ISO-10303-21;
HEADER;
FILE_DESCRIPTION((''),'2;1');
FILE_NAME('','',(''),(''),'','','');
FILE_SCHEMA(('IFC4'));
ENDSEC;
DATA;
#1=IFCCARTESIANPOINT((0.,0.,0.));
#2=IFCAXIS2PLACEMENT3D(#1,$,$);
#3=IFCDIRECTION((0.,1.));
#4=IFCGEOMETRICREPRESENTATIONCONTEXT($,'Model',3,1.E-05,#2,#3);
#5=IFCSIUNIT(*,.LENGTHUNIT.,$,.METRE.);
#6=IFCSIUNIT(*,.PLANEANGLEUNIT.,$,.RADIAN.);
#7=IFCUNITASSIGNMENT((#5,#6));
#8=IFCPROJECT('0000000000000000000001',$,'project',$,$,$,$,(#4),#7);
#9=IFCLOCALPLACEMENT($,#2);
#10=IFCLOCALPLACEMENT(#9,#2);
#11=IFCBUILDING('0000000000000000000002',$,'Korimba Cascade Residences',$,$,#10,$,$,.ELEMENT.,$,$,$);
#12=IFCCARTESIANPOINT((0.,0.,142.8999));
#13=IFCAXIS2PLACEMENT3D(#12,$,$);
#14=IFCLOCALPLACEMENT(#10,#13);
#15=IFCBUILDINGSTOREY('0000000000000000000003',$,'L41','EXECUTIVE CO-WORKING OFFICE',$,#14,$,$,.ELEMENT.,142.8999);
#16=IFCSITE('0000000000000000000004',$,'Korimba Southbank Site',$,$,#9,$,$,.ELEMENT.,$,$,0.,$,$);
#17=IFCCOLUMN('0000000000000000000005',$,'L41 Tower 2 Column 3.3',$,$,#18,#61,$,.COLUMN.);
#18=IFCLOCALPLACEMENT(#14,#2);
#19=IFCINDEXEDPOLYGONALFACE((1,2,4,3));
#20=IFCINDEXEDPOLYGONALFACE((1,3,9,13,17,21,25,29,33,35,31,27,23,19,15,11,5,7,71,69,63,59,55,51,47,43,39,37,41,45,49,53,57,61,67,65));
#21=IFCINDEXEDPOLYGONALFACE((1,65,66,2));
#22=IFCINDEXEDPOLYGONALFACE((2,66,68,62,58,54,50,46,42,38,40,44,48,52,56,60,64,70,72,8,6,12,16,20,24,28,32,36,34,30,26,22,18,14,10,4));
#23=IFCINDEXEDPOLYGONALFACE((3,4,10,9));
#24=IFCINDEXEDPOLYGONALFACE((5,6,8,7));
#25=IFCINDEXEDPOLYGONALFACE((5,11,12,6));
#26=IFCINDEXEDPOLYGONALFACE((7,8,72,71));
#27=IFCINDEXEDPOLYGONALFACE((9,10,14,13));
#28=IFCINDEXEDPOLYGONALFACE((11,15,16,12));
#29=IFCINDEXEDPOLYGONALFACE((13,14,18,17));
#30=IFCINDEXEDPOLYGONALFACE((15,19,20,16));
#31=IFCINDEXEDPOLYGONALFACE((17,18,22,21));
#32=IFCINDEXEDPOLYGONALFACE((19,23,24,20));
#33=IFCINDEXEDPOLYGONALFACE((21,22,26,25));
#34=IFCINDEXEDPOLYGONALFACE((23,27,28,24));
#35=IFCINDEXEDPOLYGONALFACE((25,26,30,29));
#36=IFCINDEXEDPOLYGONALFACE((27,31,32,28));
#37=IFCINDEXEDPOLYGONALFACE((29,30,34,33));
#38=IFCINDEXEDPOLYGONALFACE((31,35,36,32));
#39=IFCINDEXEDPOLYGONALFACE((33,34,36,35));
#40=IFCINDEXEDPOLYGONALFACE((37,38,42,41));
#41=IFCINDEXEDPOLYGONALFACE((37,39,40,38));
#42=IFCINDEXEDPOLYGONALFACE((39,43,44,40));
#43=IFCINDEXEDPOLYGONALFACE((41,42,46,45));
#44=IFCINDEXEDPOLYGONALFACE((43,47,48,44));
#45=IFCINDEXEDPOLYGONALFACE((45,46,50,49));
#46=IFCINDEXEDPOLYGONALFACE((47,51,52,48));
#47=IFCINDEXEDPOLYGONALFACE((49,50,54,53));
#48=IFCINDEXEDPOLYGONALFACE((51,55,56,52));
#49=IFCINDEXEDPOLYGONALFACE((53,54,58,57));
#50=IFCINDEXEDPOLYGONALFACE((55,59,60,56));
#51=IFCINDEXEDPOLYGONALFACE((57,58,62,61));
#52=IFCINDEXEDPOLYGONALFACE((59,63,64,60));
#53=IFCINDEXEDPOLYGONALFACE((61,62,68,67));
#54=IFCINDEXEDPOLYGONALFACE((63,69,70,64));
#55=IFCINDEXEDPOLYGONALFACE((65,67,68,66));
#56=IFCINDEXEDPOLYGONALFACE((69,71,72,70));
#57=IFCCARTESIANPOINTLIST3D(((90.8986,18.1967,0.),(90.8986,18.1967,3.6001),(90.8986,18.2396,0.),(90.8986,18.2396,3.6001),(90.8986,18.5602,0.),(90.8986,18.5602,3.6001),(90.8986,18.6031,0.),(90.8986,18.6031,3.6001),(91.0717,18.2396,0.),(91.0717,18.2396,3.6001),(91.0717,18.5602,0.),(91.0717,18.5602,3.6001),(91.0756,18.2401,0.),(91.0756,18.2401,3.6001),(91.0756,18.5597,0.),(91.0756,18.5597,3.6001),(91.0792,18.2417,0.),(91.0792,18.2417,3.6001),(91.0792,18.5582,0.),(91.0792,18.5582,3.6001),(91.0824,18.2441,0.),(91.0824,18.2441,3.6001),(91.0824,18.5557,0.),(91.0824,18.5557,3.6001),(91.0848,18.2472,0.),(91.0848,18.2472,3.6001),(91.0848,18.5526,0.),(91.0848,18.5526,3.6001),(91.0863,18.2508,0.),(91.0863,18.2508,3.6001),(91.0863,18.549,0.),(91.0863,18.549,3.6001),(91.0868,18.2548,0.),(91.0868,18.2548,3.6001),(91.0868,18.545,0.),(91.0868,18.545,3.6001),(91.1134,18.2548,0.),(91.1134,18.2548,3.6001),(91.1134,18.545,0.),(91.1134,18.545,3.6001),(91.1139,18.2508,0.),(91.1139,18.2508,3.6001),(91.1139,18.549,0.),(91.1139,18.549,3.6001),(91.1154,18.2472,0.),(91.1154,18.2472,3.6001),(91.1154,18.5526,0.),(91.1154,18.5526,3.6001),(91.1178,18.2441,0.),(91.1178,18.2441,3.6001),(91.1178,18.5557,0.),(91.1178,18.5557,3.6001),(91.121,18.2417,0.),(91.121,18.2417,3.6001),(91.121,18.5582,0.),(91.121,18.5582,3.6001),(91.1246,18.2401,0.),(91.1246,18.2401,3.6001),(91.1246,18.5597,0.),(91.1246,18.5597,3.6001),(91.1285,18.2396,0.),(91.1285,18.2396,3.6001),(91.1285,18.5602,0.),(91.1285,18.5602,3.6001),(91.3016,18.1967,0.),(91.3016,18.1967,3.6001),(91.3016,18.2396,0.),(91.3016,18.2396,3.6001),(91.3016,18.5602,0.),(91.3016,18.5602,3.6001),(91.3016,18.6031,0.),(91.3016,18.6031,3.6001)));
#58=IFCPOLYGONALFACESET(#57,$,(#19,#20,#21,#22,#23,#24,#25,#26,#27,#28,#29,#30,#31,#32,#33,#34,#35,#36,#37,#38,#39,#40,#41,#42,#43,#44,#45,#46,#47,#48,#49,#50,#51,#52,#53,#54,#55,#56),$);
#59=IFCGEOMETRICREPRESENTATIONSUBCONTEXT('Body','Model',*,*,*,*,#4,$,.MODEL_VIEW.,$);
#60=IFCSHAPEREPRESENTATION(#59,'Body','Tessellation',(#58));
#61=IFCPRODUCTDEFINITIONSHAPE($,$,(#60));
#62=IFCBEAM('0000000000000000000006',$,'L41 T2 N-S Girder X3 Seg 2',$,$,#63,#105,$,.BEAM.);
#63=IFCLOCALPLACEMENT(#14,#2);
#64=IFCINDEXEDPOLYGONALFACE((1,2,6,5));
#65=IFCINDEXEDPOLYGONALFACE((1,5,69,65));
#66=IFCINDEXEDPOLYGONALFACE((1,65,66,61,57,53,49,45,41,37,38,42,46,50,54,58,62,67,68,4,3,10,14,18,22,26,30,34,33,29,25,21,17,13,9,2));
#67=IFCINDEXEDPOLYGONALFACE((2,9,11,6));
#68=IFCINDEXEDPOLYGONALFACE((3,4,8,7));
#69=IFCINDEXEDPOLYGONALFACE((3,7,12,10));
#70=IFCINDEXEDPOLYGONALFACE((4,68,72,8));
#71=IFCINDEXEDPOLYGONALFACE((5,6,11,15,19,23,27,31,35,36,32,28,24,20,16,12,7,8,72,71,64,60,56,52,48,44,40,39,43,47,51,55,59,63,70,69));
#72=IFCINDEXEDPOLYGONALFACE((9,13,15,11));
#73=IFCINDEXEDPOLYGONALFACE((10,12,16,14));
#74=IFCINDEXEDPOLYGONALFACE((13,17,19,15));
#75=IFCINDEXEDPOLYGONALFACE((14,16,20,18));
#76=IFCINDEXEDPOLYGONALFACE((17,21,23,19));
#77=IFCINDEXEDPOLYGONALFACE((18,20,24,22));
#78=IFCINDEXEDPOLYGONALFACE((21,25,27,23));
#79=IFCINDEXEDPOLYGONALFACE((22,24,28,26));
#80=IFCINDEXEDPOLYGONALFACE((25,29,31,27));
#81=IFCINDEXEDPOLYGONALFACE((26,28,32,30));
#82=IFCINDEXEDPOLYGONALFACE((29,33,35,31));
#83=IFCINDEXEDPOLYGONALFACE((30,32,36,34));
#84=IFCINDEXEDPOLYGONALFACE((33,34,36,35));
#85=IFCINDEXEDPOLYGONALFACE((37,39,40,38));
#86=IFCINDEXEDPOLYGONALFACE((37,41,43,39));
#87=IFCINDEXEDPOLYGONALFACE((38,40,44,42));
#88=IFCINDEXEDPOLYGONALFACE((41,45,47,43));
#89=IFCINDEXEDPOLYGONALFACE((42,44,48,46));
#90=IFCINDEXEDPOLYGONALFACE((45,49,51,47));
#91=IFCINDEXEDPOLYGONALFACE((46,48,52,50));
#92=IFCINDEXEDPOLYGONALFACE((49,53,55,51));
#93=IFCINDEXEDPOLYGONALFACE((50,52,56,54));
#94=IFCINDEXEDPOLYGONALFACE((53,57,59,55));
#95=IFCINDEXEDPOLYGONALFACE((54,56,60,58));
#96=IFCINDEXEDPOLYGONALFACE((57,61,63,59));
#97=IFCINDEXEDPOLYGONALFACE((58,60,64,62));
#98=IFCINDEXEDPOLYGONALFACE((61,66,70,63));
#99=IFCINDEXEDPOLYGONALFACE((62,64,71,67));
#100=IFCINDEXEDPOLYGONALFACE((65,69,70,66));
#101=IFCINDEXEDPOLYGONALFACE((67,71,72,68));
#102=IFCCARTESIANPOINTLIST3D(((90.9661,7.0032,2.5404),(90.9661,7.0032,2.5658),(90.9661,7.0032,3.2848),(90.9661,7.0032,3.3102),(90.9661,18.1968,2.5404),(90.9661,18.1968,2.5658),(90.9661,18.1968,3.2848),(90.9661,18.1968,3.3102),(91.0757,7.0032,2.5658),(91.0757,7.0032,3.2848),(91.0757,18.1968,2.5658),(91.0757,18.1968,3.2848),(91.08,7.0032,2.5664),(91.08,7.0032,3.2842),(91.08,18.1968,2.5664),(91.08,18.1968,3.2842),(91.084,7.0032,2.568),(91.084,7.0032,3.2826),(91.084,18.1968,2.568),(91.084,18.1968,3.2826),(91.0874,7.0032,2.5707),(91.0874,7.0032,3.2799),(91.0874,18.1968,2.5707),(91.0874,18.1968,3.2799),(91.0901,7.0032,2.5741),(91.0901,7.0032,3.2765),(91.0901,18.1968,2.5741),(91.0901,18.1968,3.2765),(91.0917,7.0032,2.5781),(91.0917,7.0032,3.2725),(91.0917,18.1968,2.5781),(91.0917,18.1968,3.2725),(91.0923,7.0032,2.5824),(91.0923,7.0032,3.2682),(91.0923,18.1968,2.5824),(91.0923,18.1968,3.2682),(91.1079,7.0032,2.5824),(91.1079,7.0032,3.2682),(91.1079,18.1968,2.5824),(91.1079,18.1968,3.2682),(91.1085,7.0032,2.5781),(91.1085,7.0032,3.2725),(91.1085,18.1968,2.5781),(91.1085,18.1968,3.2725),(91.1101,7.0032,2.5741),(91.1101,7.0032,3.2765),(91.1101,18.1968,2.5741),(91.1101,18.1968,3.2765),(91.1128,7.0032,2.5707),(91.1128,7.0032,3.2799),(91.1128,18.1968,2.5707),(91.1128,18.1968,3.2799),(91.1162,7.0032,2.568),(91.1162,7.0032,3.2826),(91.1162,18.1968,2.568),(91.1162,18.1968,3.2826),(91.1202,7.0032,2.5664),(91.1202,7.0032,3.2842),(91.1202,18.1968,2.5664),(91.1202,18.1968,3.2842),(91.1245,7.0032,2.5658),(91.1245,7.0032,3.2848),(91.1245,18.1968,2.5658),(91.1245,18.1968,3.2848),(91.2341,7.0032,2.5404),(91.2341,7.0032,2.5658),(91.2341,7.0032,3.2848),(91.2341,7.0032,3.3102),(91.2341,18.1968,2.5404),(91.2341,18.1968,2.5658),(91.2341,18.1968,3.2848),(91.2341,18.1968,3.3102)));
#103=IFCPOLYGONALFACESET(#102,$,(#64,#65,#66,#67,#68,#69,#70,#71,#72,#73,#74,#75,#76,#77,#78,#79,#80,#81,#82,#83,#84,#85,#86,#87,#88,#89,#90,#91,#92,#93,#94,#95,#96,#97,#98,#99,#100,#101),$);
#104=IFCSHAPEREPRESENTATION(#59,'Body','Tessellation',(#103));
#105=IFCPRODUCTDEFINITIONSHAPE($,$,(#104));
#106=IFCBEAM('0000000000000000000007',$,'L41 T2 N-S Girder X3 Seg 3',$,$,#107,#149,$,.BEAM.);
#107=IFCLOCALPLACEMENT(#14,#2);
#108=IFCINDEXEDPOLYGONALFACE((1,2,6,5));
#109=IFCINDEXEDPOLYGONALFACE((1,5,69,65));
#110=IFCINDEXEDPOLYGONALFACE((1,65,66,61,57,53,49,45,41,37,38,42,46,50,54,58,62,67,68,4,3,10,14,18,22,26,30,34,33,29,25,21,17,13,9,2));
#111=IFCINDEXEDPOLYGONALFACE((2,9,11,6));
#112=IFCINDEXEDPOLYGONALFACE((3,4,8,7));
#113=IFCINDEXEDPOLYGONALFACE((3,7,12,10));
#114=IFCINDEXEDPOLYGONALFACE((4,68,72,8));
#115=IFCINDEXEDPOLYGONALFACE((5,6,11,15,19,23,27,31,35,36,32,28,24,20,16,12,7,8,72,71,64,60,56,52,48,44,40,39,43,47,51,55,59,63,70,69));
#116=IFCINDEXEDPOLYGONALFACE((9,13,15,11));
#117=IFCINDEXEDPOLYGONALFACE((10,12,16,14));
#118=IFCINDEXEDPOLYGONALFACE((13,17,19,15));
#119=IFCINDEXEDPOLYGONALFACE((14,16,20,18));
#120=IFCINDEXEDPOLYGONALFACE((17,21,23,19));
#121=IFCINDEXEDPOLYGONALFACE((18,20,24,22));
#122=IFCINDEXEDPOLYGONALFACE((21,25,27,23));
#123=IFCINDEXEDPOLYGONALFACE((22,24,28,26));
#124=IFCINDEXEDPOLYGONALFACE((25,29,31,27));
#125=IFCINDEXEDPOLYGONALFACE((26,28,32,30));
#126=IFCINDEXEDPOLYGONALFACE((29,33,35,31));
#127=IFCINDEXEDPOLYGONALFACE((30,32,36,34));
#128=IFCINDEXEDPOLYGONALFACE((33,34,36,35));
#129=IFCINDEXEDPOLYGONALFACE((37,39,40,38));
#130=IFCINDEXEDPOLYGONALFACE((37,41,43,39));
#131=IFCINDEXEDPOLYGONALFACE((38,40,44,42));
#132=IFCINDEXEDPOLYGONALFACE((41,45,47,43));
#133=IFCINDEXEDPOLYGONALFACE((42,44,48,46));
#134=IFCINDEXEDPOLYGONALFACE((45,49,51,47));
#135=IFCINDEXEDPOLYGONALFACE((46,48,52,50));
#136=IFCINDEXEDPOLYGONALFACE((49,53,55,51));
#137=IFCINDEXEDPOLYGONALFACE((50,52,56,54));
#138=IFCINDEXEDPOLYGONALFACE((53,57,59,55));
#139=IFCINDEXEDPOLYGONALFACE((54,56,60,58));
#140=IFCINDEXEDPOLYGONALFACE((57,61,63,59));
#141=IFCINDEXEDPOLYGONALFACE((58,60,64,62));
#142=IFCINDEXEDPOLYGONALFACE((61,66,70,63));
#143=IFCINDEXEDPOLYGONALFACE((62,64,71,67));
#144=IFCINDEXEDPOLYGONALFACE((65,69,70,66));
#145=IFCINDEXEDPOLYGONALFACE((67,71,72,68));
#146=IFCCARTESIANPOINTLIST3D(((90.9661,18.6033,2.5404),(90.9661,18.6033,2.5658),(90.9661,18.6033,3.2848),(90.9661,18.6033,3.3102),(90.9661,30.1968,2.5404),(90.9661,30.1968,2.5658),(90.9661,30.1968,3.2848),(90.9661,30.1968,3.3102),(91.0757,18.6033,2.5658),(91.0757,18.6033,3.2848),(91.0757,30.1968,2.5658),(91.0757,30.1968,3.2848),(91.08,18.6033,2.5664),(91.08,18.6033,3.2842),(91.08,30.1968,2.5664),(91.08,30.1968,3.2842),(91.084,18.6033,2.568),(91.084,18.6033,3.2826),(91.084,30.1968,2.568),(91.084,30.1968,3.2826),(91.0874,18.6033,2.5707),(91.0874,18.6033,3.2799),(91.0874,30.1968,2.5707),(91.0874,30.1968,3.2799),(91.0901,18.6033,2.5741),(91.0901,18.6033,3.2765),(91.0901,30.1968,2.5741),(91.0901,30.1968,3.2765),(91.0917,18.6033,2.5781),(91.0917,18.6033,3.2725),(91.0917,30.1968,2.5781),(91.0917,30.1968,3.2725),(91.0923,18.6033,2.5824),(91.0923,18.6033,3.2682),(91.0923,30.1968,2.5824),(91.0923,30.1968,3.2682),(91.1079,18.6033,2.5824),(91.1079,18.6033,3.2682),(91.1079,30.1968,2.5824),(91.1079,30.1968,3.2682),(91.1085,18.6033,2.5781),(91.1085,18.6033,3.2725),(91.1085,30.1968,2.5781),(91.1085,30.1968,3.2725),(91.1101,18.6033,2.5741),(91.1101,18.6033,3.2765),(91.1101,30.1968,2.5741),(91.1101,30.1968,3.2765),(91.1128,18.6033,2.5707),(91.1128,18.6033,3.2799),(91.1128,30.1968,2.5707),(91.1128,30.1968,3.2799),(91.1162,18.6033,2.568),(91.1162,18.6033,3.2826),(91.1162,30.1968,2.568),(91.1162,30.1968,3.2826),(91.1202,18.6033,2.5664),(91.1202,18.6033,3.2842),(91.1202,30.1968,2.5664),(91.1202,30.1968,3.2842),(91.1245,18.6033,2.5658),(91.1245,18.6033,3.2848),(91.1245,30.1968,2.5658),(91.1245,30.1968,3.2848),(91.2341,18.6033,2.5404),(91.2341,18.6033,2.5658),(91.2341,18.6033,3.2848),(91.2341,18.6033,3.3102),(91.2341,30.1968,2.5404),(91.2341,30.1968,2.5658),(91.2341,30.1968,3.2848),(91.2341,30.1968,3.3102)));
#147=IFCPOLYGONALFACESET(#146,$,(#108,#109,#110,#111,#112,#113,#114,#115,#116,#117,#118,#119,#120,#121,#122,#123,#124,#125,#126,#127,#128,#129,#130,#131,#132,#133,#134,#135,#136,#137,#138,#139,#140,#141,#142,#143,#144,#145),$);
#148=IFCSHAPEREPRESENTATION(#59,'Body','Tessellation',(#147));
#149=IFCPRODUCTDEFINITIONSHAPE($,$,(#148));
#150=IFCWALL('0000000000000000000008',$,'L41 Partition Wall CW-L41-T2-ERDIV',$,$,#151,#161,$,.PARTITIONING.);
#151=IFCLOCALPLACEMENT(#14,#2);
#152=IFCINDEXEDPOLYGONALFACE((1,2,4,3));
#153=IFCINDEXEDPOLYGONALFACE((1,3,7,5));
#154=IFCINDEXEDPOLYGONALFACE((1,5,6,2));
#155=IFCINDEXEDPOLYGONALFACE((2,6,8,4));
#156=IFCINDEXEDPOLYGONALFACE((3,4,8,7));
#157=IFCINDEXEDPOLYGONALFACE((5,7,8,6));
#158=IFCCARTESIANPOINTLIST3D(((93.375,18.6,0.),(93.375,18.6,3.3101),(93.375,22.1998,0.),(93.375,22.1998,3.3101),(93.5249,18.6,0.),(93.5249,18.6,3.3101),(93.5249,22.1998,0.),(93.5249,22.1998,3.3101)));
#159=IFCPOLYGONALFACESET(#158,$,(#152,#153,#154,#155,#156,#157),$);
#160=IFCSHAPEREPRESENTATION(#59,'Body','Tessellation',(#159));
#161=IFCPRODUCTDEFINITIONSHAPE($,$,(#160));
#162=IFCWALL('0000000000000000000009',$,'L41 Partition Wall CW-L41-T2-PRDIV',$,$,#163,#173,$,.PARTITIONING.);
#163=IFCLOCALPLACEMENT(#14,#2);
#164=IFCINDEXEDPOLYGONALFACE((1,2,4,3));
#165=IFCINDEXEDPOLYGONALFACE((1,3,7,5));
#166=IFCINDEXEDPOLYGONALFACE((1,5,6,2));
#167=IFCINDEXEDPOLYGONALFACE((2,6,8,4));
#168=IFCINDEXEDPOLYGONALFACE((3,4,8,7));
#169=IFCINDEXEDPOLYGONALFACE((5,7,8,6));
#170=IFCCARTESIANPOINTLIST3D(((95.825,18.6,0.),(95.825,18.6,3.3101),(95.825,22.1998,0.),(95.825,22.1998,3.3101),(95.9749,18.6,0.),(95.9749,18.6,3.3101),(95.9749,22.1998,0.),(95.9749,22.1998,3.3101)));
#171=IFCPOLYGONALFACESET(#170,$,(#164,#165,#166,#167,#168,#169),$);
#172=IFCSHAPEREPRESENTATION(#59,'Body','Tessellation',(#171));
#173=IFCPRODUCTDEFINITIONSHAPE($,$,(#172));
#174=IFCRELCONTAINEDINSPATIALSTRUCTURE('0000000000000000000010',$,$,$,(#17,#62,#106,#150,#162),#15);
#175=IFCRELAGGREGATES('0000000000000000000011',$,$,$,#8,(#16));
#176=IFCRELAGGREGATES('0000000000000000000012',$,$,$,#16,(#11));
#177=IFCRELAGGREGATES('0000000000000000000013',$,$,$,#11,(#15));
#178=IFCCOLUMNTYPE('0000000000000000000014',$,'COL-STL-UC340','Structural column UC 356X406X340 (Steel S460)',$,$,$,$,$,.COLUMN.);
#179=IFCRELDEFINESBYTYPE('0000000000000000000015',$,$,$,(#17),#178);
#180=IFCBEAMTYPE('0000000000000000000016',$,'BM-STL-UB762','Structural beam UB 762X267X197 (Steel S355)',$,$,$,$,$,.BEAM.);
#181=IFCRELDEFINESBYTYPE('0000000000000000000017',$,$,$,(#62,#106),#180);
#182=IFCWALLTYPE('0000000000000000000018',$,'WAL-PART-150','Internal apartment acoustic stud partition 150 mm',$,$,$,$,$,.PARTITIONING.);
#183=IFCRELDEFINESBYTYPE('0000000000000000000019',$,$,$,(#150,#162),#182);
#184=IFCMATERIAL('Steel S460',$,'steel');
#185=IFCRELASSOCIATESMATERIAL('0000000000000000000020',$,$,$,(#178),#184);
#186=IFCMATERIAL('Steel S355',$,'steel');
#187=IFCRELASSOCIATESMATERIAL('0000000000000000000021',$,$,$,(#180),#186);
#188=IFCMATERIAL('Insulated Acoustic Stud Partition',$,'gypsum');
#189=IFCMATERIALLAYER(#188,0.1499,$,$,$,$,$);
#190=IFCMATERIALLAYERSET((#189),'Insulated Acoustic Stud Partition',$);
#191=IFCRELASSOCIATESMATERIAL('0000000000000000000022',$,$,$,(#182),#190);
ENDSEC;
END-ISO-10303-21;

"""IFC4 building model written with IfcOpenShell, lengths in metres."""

from ifc_helpers import new_model, si_unit, direction, frame, frame_2d, origin, origin_2d, place, context, subcontext, project, spatial, rectangle, i_section, extrude, material, layer, layer_set, material_profile, profile_set, type_object, element, save


model = new_model("IFC4")

# Units and contexts
model_context = context("Model", 3, precision=1e-05, world=origin(), true_north=direction((0.0, 1.0)))
body_context = subcontext(model_context, "Body", "Model", "MODEL_VIEW")
ifc_project = project(units=[si_unit("LENGTHUNIT", "METRE"), si_unit("PLANEANGLEUNIT", "RADIAN")], contexts=[model_context])

# Site, building, storey
site_placement = place(None, origin())
site = spatial("IfcSite", under=ifc_project, at=site_placement, Name="Korimba Southbank Site", CompositionType="ELEMENT", RefElevation=0.0)
building_placement = place(site_placement, origin())
building = spatial("IfcBuilding", under=site, at=building_placement, Name="Korimba Cascade Residences", CompositionType="ELEMENT")
storey_placement = place(building_placement, frame((0.0, 0.0, 142.8999)))
storey = spatial("IfcBuildingStorey", under=building, at=storey_placement, Name="L41", Description="EXECUTIVE CO-WORKING OFFICE", CompositionType="ELEMENT", Elevation=142.8999)

# Column
ifc_material_1 = material(Name="Steel S460", Category="steel")
ifc_material_profile_1 = material_profile(ifc_material_1, i_section(OverallWidth=0.4031, OverallDepth=0.4065, WebThickness=0.0266, FlangeThickness=0.043, FilletRadius=0.0151, at=origin_2d()), Name="Steel S460")
ifc_profile_set_1 = profile_set([ifc_material_profile_1], Name="Steel S460")
column_type = type_object("IfcColumnType", Name="COL-STL-UC340", Description="Structural column UC 356X406X340 (Steel S460)", PredefinedType="COLUMN", material=ifc_profile_set_1)
column_placement = place(storey_placement, frame((91.1001, 18.3999, 0.0), z_axis=(0.0, 0.0, 1.0), x_axis=(1.0, 0.0, 0.0)))
element("IfcColumn", 1, at=column_placement, inside=storey, type_object=column_type, Name="L41 Tower 2 Column 3.3", PredefinedType="COLUMN", context=body_context, shape_type="SweptSolid", body=[
    extrude(i_section(OverallWidth=0.4031, OverallDepth=0.4065, WebThickness=0.0266, FlangeThickness=0.043, FilletRadius=0.0151, at=origin_2d()), origin(), (0.0, 0.0, 1.0), 3.6001),
])

# Beams
ifc_material_2 = material(Name="Steel S355", Category="steel")
ifc_material_profile_2 = material_profile(ifc_material_2, i_section(OverallWidth=0.2681, OverallDepth=0.7698, WebThickness=0.0156, FlangeThickness=0.0254, FilletRadius=0.0166, at=origin_2d()), Name="Steel S355")
ifc_profile_set_2 = profile_set([ifc_material_profile_2], Name="Steel S355")
beam_type = type_object("IfcBeamType", Name="BM-STL-UB762", Description="Structural beam UB 762X267X197 (Steel S355)", PredefinedType="BEAM", material=ifc_profile_set_2)
beam_1_placement = place(storey_placement, frame((91.1001, 7.0032, 2.9253), z_axis=(0.0, 1.0, 0.0), x_axis=(-1.0, 0.0, 0.0)))
element("IfcBeam", 2, at=beam_1_placement, inside=storey, type_object=beam_type, Name="L41 T2 N-S Girder X3 Seg 2", PredefinedType="BEAM", context=body_context, shape_type="SweptSolid", body=[
    extrude(i_section(OverallWidth=0.2681, OverallDepth=0.7698, WebThickness=0.0156, FlangeThickness=0.0254, FilletRadius=0.0166, at=origin_2d()), origin(), (0.0, 0.0, 1.0), 11.1936),
])
beam_2_placement = place(storey_placement, frame((91.1001, 18.6033, 2.9253), z_axis=(0.0, 1.0, 0.0), x_axis=(-1.0, 0.0, 0.0)))
element("IfcBeam", 3, at=beam_2_placement, inside=storey, type_object=beam_type, Name="L41 T2 N-S Girder X3 Seg 3", PredefinedType="BEAM", context=body_context, shape_type="SweptSolid", body=[
    extrude(i_section(OverallWidth=0.2681, OverallDepth=0.7698, WebThickness=0.0156, FlangeThickness=0.0254, FilletRadius=0.0166, at=origin_2d()), origin(), (0.0, 0.0, 1.0), 11.5935),
])

# Walls
ifc_material_3 = material(Name="Insulated Acoustic Stud Partition", Category="gypsum")
ifc_layer_1 = layer(ifc_material_3, 0.1499)
ifc_layer_set_1 = layer_set([ifc_layer_1], Name="Insulated Acoustic Stud Partition")
wall_type_1 = type_object("IfcWallType", Name="WAL-PART-150", Description="Internal apartment acoustic stud partition 150 mm", PredefinedType="PARTITIONING", material=ifc_layer_set_1)
for number, where, z_axis, x_axis, name in (
    (4, (93.45, 18.6001, 0.0), (0.0, 0.0, 1.0), (0.0, 1.0, 0.0), "L41 Partition Wall CW-L41-T2-ERDIV"),
    (5, (95.8999, 18.6001, 0.0), (0.0, 0.0, 1.0), (0.0, 1.0, 0.0), "L41 Partition Wall CW-L41-T2-PRDIV"),
):
    element("IfcWall", number, at=place(storey_placement, frame(where, z_axis=z_axis, x_axis=x_axis)), inside=storey, type_object=wall_type_1, Name=name, PredefinedType="PARTITIONING", context=body_context, shape_type="SweptSolid", body=[
        extrude(rectangle(XDim=3.5999, YDim=0.1499, at=frame_2d((1.7998, 0.0))), origin(), (0.0, 0.0, 1.0), 3.3101),
    ])

save(model, "model.ifc")
